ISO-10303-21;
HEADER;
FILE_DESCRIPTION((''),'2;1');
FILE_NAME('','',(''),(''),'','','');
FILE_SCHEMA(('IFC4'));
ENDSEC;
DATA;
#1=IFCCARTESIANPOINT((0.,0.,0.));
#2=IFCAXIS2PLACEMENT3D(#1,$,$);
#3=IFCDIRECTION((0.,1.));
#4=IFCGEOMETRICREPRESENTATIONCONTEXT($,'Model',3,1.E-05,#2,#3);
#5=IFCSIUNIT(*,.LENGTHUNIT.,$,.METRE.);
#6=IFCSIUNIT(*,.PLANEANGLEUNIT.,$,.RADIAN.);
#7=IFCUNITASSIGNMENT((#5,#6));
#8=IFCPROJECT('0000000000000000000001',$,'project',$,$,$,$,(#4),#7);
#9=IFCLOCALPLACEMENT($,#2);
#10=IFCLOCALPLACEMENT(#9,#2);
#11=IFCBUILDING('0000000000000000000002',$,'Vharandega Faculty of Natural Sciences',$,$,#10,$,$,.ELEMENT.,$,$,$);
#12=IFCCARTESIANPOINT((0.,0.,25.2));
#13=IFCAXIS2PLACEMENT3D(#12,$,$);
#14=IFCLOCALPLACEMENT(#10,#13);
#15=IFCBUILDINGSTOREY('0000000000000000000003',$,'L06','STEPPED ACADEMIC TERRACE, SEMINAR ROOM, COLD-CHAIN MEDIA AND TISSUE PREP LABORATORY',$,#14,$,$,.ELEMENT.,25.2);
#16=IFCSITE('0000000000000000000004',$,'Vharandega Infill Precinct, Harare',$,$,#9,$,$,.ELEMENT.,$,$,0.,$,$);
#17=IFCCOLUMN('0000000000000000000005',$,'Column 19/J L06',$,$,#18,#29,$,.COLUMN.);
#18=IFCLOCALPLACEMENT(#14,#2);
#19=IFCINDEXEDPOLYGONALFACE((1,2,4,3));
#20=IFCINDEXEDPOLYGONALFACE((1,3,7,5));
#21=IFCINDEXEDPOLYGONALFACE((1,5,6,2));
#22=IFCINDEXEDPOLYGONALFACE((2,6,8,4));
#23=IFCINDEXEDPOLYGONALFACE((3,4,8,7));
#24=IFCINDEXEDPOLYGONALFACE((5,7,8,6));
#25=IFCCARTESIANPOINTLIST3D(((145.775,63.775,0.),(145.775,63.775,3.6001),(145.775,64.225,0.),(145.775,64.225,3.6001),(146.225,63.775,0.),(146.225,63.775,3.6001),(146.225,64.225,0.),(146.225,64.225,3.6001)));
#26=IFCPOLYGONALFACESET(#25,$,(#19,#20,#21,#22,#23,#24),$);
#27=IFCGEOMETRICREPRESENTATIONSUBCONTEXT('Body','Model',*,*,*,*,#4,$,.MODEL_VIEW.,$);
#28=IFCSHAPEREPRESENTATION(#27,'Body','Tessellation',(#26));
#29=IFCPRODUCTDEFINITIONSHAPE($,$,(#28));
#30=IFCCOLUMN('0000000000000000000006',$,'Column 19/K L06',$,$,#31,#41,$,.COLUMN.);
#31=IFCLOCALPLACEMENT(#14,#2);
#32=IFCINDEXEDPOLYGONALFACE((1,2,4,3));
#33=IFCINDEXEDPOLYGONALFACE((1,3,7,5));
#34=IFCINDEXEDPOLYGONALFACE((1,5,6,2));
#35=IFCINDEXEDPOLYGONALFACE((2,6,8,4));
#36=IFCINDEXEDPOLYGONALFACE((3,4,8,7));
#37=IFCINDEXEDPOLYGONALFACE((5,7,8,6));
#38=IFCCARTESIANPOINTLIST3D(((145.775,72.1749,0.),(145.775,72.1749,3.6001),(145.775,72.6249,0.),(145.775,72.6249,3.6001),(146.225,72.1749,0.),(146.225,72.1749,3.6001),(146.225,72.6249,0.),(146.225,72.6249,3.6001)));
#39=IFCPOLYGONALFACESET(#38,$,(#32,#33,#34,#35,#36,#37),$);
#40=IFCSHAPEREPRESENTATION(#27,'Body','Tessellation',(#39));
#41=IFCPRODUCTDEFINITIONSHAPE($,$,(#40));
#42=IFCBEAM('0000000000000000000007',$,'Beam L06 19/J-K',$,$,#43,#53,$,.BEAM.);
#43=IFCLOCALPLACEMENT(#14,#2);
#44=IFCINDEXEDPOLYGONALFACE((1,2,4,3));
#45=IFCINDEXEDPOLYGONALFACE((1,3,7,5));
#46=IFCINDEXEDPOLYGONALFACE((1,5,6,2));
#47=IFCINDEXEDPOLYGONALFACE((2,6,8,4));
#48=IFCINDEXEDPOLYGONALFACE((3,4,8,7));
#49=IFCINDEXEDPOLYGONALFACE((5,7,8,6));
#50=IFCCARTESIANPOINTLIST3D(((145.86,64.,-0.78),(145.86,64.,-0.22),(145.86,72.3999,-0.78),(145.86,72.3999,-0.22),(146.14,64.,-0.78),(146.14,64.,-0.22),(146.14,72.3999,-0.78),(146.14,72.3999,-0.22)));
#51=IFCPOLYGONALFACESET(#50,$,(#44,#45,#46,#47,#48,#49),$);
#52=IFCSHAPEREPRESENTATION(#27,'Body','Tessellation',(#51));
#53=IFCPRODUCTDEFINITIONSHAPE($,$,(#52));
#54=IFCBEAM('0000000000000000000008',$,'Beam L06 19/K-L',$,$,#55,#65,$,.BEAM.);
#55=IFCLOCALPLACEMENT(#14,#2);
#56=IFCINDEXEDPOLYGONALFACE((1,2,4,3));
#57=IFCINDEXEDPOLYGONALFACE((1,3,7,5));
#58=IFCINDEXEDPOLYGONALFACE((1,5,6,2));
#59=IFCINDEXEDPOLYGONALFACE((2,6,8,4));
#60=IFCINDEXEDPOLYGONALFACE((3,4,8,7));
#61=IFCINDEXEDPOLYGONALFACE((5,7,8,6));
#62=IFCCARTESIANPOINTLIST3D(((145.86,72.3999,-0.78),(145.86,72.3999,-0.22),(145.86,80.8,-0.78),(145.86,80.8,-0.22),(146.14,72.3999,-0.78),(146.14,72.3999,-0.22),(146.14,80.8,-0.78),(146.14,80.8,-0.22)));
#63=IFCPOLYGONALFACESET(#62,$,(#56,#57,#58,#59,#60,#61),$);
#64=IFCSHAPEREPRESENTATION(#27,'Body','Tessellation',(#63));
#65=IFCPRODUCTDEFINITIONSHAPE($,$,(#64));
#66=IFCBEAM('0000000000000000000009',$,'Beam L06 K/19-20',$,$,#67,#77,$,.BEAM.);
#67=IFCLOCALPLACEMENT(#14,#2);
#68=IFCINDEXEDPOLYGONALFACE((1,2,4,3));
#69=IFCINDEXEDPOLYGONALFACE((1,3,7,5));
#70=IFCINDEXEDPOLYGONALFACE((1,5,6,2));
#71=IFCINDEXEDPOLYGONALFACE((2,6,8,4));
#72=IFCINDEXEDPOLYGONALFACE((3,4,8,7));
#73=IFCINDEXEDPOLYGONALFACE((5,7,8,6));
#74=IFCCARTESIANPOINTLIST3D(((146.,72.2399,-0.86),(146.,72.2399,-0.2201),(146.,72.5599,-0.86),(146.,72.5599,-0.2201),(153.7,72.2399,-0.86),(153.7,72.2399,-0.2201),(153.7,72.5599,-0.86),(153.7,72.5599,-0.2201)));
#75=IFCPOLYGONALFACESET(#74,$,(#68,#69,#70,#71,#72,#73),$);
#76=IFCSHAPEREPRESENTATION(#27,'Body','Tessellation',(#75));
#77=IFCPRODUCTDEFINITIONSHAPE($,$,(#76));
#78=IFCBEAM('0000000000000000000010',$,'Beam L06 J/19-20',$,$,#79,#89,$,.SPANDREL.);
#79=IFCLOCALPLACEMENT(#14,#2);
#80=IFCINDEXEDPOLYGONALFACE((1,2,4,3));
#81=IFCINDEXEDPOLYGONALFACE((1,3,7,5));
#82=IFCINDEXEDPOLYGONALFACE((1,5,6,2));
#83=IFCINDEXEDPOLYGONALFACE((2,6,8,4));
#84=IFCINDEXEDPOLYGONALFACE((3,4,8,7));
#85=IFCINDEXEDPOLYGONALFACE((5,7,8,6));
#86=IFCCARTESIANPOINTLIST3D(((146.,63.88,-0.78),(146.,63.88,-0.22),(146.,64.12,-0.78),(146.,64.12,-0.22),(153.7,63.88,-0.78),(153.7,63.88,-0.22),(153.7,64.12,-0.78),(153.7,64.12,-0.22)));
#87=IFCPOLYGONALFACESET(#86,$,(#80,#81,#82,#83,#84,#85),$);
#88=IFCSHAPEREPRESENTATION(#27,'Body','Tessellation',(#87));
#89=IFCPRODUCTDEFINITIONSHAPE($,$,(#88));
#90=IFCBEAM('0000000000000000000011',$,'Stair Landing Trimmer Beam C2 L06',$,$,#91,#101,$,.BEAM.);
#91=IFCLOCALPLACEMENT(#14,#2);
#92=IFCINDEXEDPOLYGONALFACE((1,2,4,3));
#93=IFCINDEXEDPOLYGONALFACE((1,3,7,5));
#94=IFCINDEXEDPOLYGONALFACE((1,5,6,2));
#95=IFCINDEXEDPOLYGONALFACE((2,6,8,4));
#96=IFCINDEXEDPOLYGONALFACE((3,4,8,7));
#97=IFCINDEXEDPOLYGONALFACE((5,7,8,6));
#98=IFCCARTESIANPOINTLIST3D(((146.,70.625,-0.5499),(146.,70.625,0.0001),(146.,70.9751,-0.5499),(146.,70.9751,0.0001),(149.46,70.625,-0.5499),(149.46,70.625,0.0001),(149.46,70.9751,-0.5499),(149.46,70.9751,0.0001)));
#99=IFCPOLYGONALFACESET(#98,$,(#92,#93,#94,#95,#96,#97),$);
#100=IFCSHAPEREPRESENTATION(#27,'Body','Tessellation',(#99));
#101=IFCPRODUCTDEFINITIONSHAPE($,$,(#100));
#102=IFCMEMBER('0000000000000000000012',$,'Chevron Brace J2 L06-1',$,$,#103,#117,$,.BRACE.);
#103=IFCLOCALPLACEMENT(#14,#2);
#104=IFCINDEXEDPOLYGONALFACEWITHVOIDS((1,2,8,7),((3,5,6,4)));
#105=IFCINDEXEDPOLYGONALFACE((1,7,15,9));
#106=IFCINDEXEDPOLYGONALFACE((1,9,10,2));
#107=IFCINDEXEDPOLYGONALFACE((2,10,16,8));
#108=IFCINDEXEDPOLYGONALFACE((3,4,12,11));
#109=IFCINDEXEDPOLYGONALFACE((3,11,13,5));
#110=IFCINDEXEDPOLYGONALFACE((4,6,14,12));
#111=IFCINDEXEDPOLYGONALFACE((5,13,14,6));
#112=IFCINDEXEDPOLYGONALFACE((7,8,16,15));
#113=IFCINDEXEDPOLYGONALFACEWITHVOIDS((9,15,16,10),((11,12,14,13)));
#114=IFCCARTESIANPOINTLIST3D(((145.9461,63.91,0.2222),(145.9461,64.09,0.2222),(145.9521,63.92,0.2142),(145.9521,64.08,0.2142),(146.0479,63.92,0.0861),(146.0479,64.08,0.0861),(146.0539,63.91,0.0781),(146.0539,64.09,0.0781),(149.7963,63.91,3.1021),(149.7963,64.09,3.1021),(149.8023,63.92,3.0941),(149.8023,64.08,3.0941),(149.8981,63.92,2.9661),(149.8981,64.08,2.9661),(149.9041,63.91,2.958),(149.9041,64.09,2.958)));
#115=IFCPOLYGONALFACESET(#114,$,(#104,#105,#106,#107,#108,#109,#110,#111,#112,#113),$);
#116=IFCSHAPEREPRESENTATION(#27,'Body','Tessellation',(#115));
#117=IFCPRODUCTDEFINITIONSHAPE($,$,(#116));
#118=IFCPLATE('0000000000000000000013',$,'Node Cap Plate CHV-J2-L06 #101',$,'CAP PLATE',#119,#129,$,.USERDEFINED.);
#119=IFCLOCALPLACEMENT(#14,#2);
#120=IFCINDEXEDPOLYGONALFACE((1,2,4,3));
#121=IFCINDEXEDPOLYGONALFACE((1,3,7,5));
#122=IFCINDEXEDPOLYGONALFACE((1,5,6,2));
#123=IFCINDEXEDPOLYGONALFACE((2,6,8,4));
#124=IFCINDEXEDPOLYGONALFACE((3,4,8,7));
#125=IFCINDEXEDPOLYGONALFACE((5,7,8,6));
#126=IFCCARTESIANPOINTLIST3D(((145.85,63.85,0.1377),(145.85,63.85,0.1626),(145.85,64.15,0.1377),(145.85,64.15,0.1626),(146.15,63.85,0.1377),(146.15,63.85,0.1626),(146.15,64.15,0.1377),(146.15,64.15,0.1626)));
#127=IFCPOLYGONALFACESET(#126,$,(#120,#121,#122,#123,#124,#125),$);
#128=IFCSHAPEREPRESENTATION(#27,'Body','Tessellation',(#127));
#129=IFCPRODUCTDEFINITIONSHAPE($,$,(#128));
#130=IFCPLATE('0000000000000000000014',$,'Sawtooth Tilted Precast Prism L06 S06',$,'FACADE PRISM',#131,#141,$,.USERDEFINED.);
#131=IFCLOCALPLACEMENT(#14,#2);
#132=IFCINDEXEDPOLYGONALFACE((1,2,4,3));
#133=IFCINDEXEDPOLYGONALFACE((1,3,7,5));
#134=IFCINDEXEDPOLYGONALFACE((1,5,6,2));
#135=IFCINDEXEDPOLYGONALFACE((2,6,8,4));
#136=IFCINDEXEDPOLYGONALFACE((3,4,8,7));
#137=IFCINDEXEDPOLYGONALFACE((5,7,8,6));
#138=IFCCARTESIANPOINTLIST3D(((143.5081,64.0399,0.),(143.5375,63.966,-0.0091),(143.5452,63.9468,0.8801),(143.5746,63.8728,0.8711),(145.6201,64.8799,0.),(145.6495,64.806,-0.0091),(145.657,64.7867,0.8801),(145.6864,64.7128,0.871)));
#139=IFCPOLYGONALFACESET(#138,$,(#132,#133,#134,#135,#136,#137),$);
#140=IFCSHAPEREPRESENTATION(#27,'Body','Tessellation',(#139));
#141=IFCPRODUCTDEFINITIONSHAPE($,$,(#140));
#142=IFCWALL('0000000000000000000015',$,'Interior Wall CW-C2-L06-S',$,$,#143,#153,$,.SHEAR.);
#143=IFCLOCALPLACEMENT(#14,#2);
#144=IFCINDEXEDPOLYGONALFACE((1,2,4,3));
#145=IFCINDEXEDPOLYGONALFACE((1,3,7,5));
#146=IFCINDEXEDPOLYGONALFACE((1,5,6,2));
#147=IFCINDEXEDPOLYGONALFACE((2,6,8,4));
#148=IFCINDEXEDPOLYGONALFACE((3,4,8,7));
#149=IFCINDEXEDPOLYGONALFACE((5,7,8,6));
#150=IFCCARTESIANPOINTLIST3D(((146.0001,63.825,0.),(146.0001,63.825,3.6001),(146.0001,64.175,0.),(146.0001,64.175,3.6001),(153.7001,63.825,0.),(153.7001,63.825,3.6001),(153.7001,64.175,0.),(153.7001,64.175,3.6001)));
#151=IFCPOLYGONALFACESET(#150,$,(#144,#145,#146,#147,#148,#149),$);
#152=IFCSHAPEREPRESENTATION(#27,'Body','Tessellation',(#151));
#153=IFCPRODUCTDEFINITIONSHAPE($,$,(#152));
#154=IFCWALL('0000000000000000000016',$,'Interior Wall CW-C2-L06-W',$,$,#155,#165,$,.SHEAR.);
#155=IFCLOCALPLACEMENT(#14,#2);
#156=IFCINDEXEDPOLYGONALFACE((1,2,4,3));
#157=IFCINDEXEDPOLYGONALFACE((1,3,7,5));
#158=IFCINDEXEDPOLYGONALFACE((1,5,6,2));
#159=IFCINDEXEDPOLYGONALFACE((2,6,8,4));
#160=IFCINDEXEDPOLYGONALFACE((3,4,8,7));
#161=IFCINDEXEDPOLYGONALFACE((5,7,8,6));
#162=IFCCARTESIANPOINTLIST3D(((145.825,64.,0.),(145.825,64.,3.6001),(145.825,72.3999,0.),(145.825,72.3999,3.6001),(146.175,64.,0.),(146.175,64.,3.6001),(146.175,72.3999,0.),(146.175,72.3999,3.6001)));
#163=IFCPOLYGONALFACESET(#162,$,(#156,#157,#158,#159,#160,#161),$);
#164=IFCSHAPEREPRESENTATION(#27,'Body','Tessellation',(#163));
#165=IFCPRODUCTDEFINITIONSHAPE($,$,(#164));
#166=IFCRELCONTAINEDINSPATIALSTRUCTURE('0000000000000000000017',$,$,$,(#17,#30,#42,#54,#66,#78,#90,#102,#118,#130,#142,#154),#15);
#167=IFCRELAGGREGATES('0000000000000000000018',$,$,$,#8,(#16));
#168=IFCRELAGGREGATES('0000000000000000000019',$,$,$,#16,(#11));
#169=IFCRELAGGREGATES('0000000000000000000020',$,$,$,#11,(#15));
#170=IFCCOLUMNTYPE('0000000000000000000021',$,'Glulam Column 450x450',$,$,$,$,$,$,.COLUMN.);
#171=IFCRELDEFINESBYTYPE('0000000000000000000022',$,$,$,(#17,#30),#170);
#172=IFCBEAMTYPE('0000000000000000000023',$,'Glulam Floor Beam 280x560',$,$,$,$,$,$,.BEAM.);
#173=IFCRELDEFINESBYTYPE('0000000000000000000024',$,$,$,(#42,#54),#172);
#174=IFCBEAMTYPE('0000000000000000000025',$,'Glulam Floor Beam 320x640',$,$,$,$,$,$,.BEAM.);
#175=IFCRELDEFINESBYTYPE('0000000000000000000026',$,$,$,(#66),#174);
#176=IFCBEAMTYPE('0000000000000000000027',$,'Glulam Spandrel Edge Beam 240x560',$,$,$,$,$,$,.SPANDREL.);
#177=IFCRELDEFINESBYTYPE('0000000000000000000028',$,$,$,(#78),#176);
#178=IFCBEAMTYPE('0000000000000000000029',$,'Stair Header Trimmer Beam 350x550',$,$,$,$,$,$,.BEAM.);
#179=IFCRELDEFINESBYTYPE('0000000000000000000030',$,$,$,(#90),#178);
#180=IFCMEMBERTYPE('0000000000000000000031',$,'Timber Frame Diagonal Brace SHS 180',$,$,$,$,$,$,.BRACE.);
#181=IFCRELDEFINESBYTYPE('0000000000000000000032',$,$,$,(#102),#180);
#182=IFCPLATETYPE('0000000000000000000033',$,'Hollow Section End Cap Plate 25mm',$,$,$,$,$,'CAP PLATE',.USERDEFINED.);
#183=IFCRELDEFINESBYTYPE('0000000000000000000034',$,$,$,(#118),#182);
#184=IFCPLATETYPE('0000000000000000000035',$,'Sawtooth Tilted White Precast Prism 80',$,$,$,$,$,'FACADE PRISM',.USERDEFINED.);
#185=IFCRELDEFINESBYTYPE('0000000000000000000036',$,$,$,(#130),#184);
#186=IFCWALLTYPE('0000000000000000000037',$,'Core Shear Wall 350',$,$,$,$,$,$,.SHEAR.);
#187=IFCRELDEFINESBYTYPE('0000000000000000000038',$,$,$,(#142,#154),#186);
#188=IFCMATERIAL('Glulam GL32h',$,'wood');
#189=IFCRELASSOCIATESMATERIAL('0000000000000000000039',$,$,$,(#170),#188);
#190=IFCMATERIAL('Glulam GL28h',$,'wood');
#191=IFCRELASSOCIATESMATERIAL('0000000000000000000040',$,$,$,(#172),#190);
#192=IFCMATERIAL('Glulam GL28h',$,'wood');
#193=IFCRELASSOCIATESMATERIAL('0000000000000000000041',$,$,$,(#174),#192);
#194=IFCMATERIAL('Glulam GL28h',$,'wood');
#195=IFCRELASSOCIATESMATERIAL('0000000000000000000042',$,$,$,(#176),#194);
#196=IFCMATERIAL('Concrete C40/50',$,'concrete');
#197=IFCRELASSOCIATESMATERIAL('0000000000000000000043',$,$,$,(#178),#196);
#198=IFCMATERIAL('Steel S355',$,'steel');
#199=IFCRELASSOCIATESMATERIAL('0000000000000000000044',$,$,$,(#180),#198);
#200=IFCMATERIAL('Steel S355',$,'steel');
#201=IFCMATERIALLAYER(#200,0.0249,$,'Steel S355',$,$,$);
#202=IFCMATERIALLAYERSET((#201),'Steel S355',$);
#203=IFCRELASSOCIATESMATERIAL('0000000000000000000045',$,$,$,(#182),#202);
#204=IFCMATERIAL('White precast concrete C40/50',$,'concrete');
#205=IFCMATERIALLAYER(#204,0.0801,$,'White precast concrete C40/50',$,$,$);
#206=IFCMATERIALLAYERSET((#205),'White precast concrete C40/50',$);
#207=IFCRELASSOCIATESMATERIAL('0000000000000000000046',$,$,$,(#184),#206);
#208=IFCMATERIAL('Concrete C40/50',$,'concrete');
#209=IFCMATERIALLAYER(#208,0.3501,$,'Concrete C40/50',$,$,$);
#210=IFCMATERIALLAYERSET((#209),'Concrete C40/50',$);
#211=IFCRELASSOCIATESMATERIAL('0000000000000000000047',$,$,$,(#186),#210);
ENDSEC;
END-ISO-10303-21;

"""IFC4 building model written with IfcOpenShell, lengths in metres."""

from ifc_helpers import new_model, si_unit, direction, frame, frame_2d, origin, origin_2d, place, context, subcontext, project, spatial, polyline, rectangle, hollow_rectangle, outline, extrude, material, layer, layer_set, material_profile, profile_set, type_object, element, save


model = new_model("IFC4")

# Units and contexts
model_context = context("Model", 3, precision=1e-05, world=origin(), true_north=direction((0.0, 1.0)))
body_context = subcontext(model_context, "Body", "Model", "MODEL_VIEW")
ifc_project = project(units=[si_unit("LENGTHUNIT", "METRE"), si_unit("PLANEANGLEUNIT", "RADIAN")], contexts=[model_context])

# Site, building, storey
site_placement = place(None, origin())
site = spatial("IfcSite", under=ifc_project, at=site_placement, Name="Vharandega Infill Precinct, Harare", CompositionType="ELEMENT", RefElevation=0.0)
building_placement = place(site_placement, origin())
building = spatial("IfcBuilding", under=site, at=building_placement, Name="Vharandega Faculty of Natural Sciences", CompositionType="ELEMENT")
storey_placement = place(building_placement, frame((0.0, 0.0, 25.2)))
storey = spatial("IfcBuildingStorey", under=building, at=storey_placement, Name="L06", Description="STEPPED ACADEMIC TERRACE, SEMINAR ROOM, COLD-CHAIN MEDIA AND TISSUE PREP LABORATORY", CompositionType="ELEMENT", Elevation=25.2)

# Columns
ifc_material_1 = material(Name="Glulam GL32h", Category="wood")
ifc_material_profile_1 = material_profile(ifc_material_1, rectangle(XDim=0.45, YDim=0.45, at=origin_2d()), Name="GL32h 450x450")
ifc_profile_set_1 = profile_set([ifc_material_profile_1], Name="Glulam GL32h")
column_type = type_object("IfcColumnType", Name="Glulam Column 450x450", PredefinedType="COLUMN", material=ifc_profile_set_1)
for number, where, z_axis, x_axis, name in (
    (1, (146.0, 64.0, 0.0), (0.0, 0.0, 1.0), (1.0, 0.0, 0.0), "Column 19/J L06"),
    (2, (146.0, 72.3999, 0.0), (0.0, 0.0, 1.0), (1.0, 0.0, 0.0), "Column 19/K L06"),
):
    element("IfcColumn", number, at=place(storey_placement, frame(where, z_axis=z_axis, x_axis=x_axis)), inside=storey, type_object=column_type, Name=name, PredefinedType="COLUMN", context=body_context, shape_type="SweptSolid", body=[
        extrude(rectangle(XDim=0.45, YDim=0.45, at=origin_2d()), origin(), (0.0, 0.0, 1.0), 3.6001),
    ])

# Beams
ifc_material_2 = material(Name="Glulam GL28h", Category="wood")
ifc_material_profile_2 = material_profile(ifc_material_2, rectangle(XDim=0.28, YDim=0.5601, at=origin_2d()), Name="GL28h 280x560")
ifc_profile_set_2 = profile_set([ifc_material_profile_2], Name="Glulam GL28h")
beam_type_1 = type_object("IfcBeamType", Name="Glulam Floor Beam 280x560", PredefinedType="BEAM", material=ifc_profile_set_2)
beam_1_placement = place(storey_placement, frame((146.0, 64.0, -0.5), z_axis=(0.0, 1.0, 0.0), x_axis=(-1.0, 0.0, 0.0)))
element("IfcBeam", 3, at=beam_1_placement, inside=storey, type_object=beam_type_1, Name="Beam L06 19/J-K", PredefinedType="BEAM", context=body_context, shape_type="SweptSolid", body=[
    extrude(rectangle(XDim=0.28, YDim=0.5601, at=origin_2d()), origin(), (0.0, 0.0, 1.0), 8.3999),
])
beam_2_placement = place(storey_placement, frame((146.0, 72.3999, -0.5), z_axis=(0.0, 1.0, 0.0), x_axis=(-1.0, 0.0, 0.0)))
element("IfcBeam", 4, at=beam_2_placement, inside=storey, type_object=beam_type_1, Name="Beam L06 19/K-L", PredefinedType="BEAM", context=body_context, shape_type="SweptSolid", body=[
    extrude(rectangle(XDim=0.28, YDim=0.5601, at=origin_2d()), origin(), (0.0, 0.0, 1.0), 8.4001),
])
ifc_material_3 = material(Name="Glulam GL28h", Category="wood")
ifc_material_profile_3 = material_profile(ifc_material_3, rectangle(XDim=0.3201, YDim=0.6399, at=origin_2d()), Name="GL28h 320x640")
ifc_profile_set_3 = profile_set([ifc_material_profile_3], Name="Glulam GL28h")
beam_type_2 = type_object("IfcBeamType", Name="Glulam Floor Beam 320x640", PredefinedType="BEAM", material=ifc_profile_set_3)
beam_3_placement = place(storey_placement, frame((146.0, 72.3999, -0.54), z_axis=(1.0, 0.0, 0.0), x_axis=(0.0, 1.0, 0.0)))
element("IfcBeam", 5, at=beam_3_placement, inside=storey, type_object=beam_type_2, Name="Beam L06 K/19-20", PredefinedType="BEAM", context=body_context, shape_type="SweptSolid", body=[
    extrude(rectangle(XDim=0.3201, YDim=0.6399, at=origin_2d()), origin(), (0.0, 0.0, 1.0), 7.7),
])
ifc_material_4 = material(Name="Glulam GL28h", Category="wood")
ifc_material_profile_4 = material_profile(ifc_material_4, rectangle(XDim=0.24, YDim=0.5601, at=origin_2d()), Name="GL28h 240x560")
ifc_profile_set_4 = profile_set([ifc_material_profile_4], Name="Glulam GL28h")
beam_type_3 = type_object("IfcBeamType", Name="Glulam Spandrel Edge Beam 240x560", PredefinedType="SPANDREL", material=ifc_profile_set_4)
beam_4_placement = place(storey_placement, frame((146.0, 64.0, -0.5), z_axis=(1.0, 0.0, 0.0), x_axis=(0.0, 1.0, 0.0)))
element("IfcBeam", 6, at=beam_4_placement, inside=storey, type_object=beam_type_3, Name="Beam L06 J/19-20", PredefinedType="SPANDREL", context=body_context, shape_type="SweptSolid", body=[
    extrude(rectangle(XDim=0.24, YDim=0.5601, at=origin_2d()), origin(), (0.0, 0.0, 1.0), 7.7),
])
ifc_material_5 = material(Name="Concrete C40/50", Category="concrete")
ifc_material_profile_5 = material_profile(ifc_material_5, rectangle(XDim=0.3501, YDim=0.55, at=origin_2d()), Name="RC 350x550")
ifc_profile_set_5 = profile_set([ifc_material_profile_5], Name="Concrete C40/50")
beam_type_4 = type_object("IfcBeamType", Name="Stair Header Trimmer Beam 350x550", PredefinedType="BEAM", material=ifc_profile_set_5)
beam_5_placement = place(storey_placement, frame((146.0, 70.8, -0.2749), z_axis=(1.0, 0.0, 0.0), x_axis=(0.0, 1.0, 0.0)))
element("IfcBeam", 7, at=beam_5_placement, inside=storey, type_object=beam_type_4, Name="Stair Landing Trimmer Beam C2 L06", PredefinedType="BEAM", context=body_context, shape_type="SweptSolid", body=[
    extrude(rectangle(XDim=0.3501, YDim=0.55, at=origin_2d()), origin(), (0.0, 0.0, 1.0), 3.46),
])

# Member
ifc_material_6 = material(Name="Steel S355", Category="steel")
ifc_material_profile_6 = material_profile(ifc_material_6, hollow_rectangle(XDim=0.1799, YDim=0.1799, WallThickness=0.01, at=origin_2d()), Name="SHS 180x180x10")
ifc_profile_set_6 = profile_set([ifc_material_profile_6], Name="Steel S355")
member_type = type_object("IfcMemberType", Name="Timber Frame Diagonal Brace SHS 180", PredefinedType="BRACE", material=ifc_profile_set_6)
member_placement = place(storey_placement, frame((146.0, 64.0, 0.1501), z_axis=(0.800767, 0.0, 0.598976), x_axis=(0.0, 1.0, 0.0)))
element("IfcMember", 8, at=member_placement, inside=storey, type_object=member_type, Name="Chevron Brace J2 L06-1", PredefinedType="BRACE", context=body_context, shape_type="SweptSolid", body=[
    extrude(hollow_rectangle(XDim=0.1799, YDim=0.1799, WallThickness=0.01, at=origin_2d()), origin(), (0.0, 0.0, 1.0), 4.8081),
])

# Plates
ifc_material_7 = material(Name="Steel S355", Category="steel")
ifc_layer_1 = layer(ifc_material_7, 0.0249, Name="Steel S355")
ifc_layer_set_1 = layer_set([ifc_layer_1], Name="Steel S355")
plate_type_1 = type_object("IfcPlateType", Name="Hollow Section End Cap Plate 25mm", ElementType="CAP PLATE", PredefinedType="USERDEFINED", material=ifc_layer_set_1)
plate_1_placement = place(storey_placement, frame((146.0, 64.0, 0.1377), z_axis=(0.0, 0.0, 1.0), x_axis=(1.0, 0.0, 0.0)))
element("IfcPlate", 9, at=plate_1_placement, inside=storey, type_object=plate_type_1, Name="Node Cap Plate CHV-J2-L06 #101", ObjectType="CAP PLATE", PredefinedType="USERDEFINED", context=body_context, shape_type="SweptSolid", body=[
    extrude(rectangle(XDim=0.3, YDim=0.3, at=origin_2d()), origin(), (0.0, 0.0, 1.0), 0.0249),
])
ifc_material_8 = material(Name="White precast concrete C40/50", Category="concrete")
ifc_layer_2 = layer(ifc_material_8, 0.0801, Name="White precast concrete C40/50")
ifc_layer_set_2 = layer_set([ifc_layer_2], Name="White precast concrete C40/50")
plate_type_2 = type_object("IfcPlateType", Name="Sawtooth Tilted White Precast Prism 80", ElementType="FACADE PRISM", PredefinedType="USERDEFINED", material=ifc_layer_set_2)
plate_2_placement = place(storey_placement, frame((145.6201, 64.8799, 0.0), z_axis=(-0.367193, 0.923239, 0.113133), x_axis=(0.041683, -0.105174, 0.99358)))
element("IfcPlate", 10, at=plate_2_placement, inside=storey, type_object=plate_type_2, Name="Sawtooth Tilted Precast Prism L06 S06", ObjectType="FACADE PRISM", PredefinedType="USERDEFINED", context=body_context, shape_type="SweptSolid", body=[
    extrude(outline(polyline([(0.0, 0.0), (0.8858, 0.0), (0.8861, -2.2728), (0.0003, -2.2729), (0.0, 0.0)])), origin(), (0.0, 0.0, -1.0), 0.0801),
])

# Walls
ifc_material_9 = material(Name="Concrete C40/50", Category="concrete")
ifc_layer_3 = layer(ifc_material_9, 0.3501, Name="Concrete C40/50")
ifc_layer_set_3 = layer_set([ifc_layer_3], Name="Concrete C40/50")
wall_type_1 = type_object("IfcWallType", Name="Core Shear Wall 350", PredefinedType="SHEAR", material=ifc_layer_set_3)
wall_1_placement = place(storey_placement, frame((146.0, 64.0, 0.0), z_axis=(0.0, 0.0, 1.0), x_axis=(1.0, 0.0, 0.0)))
element("IfcWall", 11, at=wall_1_placement, inside=storey, type_object=wall_type_1, Name="Interior Wall CW-C2-L06-S", PredefinedType="SHEAR", context=body_context, shape_type="SweptSolid", body=[
    extrude(rectangle(XDim=7.7, YDim=0.3501, at=frame_2d((3.8501, 0.0))), origin(), (0.0, 0.0, 1.0), 3.6001),
])
wall_2_placement = place(storey_placement, frame((146.0, 64.0, 0.0), z_axis=(0.0, 0.0, 1.0), x_axis=(0.0, 1.0, 0.0)))
element("IfcWall", 12, at=wall_2_placement, inside=storey, type_object=wall_type_1, Name="Interior Wall CW-C2-L06-W", PredefinedType="SHEAR", context=body_context, shape_type="SweptSolid", body=[
    extrude(rectangle(XDim=8.3999, YDim=0.3501, at=frame_2d((4.2, 0.0))), origin(), (0.0, 0.0, 1.0), 3.6001),
])

save(model, "model.ifc")
